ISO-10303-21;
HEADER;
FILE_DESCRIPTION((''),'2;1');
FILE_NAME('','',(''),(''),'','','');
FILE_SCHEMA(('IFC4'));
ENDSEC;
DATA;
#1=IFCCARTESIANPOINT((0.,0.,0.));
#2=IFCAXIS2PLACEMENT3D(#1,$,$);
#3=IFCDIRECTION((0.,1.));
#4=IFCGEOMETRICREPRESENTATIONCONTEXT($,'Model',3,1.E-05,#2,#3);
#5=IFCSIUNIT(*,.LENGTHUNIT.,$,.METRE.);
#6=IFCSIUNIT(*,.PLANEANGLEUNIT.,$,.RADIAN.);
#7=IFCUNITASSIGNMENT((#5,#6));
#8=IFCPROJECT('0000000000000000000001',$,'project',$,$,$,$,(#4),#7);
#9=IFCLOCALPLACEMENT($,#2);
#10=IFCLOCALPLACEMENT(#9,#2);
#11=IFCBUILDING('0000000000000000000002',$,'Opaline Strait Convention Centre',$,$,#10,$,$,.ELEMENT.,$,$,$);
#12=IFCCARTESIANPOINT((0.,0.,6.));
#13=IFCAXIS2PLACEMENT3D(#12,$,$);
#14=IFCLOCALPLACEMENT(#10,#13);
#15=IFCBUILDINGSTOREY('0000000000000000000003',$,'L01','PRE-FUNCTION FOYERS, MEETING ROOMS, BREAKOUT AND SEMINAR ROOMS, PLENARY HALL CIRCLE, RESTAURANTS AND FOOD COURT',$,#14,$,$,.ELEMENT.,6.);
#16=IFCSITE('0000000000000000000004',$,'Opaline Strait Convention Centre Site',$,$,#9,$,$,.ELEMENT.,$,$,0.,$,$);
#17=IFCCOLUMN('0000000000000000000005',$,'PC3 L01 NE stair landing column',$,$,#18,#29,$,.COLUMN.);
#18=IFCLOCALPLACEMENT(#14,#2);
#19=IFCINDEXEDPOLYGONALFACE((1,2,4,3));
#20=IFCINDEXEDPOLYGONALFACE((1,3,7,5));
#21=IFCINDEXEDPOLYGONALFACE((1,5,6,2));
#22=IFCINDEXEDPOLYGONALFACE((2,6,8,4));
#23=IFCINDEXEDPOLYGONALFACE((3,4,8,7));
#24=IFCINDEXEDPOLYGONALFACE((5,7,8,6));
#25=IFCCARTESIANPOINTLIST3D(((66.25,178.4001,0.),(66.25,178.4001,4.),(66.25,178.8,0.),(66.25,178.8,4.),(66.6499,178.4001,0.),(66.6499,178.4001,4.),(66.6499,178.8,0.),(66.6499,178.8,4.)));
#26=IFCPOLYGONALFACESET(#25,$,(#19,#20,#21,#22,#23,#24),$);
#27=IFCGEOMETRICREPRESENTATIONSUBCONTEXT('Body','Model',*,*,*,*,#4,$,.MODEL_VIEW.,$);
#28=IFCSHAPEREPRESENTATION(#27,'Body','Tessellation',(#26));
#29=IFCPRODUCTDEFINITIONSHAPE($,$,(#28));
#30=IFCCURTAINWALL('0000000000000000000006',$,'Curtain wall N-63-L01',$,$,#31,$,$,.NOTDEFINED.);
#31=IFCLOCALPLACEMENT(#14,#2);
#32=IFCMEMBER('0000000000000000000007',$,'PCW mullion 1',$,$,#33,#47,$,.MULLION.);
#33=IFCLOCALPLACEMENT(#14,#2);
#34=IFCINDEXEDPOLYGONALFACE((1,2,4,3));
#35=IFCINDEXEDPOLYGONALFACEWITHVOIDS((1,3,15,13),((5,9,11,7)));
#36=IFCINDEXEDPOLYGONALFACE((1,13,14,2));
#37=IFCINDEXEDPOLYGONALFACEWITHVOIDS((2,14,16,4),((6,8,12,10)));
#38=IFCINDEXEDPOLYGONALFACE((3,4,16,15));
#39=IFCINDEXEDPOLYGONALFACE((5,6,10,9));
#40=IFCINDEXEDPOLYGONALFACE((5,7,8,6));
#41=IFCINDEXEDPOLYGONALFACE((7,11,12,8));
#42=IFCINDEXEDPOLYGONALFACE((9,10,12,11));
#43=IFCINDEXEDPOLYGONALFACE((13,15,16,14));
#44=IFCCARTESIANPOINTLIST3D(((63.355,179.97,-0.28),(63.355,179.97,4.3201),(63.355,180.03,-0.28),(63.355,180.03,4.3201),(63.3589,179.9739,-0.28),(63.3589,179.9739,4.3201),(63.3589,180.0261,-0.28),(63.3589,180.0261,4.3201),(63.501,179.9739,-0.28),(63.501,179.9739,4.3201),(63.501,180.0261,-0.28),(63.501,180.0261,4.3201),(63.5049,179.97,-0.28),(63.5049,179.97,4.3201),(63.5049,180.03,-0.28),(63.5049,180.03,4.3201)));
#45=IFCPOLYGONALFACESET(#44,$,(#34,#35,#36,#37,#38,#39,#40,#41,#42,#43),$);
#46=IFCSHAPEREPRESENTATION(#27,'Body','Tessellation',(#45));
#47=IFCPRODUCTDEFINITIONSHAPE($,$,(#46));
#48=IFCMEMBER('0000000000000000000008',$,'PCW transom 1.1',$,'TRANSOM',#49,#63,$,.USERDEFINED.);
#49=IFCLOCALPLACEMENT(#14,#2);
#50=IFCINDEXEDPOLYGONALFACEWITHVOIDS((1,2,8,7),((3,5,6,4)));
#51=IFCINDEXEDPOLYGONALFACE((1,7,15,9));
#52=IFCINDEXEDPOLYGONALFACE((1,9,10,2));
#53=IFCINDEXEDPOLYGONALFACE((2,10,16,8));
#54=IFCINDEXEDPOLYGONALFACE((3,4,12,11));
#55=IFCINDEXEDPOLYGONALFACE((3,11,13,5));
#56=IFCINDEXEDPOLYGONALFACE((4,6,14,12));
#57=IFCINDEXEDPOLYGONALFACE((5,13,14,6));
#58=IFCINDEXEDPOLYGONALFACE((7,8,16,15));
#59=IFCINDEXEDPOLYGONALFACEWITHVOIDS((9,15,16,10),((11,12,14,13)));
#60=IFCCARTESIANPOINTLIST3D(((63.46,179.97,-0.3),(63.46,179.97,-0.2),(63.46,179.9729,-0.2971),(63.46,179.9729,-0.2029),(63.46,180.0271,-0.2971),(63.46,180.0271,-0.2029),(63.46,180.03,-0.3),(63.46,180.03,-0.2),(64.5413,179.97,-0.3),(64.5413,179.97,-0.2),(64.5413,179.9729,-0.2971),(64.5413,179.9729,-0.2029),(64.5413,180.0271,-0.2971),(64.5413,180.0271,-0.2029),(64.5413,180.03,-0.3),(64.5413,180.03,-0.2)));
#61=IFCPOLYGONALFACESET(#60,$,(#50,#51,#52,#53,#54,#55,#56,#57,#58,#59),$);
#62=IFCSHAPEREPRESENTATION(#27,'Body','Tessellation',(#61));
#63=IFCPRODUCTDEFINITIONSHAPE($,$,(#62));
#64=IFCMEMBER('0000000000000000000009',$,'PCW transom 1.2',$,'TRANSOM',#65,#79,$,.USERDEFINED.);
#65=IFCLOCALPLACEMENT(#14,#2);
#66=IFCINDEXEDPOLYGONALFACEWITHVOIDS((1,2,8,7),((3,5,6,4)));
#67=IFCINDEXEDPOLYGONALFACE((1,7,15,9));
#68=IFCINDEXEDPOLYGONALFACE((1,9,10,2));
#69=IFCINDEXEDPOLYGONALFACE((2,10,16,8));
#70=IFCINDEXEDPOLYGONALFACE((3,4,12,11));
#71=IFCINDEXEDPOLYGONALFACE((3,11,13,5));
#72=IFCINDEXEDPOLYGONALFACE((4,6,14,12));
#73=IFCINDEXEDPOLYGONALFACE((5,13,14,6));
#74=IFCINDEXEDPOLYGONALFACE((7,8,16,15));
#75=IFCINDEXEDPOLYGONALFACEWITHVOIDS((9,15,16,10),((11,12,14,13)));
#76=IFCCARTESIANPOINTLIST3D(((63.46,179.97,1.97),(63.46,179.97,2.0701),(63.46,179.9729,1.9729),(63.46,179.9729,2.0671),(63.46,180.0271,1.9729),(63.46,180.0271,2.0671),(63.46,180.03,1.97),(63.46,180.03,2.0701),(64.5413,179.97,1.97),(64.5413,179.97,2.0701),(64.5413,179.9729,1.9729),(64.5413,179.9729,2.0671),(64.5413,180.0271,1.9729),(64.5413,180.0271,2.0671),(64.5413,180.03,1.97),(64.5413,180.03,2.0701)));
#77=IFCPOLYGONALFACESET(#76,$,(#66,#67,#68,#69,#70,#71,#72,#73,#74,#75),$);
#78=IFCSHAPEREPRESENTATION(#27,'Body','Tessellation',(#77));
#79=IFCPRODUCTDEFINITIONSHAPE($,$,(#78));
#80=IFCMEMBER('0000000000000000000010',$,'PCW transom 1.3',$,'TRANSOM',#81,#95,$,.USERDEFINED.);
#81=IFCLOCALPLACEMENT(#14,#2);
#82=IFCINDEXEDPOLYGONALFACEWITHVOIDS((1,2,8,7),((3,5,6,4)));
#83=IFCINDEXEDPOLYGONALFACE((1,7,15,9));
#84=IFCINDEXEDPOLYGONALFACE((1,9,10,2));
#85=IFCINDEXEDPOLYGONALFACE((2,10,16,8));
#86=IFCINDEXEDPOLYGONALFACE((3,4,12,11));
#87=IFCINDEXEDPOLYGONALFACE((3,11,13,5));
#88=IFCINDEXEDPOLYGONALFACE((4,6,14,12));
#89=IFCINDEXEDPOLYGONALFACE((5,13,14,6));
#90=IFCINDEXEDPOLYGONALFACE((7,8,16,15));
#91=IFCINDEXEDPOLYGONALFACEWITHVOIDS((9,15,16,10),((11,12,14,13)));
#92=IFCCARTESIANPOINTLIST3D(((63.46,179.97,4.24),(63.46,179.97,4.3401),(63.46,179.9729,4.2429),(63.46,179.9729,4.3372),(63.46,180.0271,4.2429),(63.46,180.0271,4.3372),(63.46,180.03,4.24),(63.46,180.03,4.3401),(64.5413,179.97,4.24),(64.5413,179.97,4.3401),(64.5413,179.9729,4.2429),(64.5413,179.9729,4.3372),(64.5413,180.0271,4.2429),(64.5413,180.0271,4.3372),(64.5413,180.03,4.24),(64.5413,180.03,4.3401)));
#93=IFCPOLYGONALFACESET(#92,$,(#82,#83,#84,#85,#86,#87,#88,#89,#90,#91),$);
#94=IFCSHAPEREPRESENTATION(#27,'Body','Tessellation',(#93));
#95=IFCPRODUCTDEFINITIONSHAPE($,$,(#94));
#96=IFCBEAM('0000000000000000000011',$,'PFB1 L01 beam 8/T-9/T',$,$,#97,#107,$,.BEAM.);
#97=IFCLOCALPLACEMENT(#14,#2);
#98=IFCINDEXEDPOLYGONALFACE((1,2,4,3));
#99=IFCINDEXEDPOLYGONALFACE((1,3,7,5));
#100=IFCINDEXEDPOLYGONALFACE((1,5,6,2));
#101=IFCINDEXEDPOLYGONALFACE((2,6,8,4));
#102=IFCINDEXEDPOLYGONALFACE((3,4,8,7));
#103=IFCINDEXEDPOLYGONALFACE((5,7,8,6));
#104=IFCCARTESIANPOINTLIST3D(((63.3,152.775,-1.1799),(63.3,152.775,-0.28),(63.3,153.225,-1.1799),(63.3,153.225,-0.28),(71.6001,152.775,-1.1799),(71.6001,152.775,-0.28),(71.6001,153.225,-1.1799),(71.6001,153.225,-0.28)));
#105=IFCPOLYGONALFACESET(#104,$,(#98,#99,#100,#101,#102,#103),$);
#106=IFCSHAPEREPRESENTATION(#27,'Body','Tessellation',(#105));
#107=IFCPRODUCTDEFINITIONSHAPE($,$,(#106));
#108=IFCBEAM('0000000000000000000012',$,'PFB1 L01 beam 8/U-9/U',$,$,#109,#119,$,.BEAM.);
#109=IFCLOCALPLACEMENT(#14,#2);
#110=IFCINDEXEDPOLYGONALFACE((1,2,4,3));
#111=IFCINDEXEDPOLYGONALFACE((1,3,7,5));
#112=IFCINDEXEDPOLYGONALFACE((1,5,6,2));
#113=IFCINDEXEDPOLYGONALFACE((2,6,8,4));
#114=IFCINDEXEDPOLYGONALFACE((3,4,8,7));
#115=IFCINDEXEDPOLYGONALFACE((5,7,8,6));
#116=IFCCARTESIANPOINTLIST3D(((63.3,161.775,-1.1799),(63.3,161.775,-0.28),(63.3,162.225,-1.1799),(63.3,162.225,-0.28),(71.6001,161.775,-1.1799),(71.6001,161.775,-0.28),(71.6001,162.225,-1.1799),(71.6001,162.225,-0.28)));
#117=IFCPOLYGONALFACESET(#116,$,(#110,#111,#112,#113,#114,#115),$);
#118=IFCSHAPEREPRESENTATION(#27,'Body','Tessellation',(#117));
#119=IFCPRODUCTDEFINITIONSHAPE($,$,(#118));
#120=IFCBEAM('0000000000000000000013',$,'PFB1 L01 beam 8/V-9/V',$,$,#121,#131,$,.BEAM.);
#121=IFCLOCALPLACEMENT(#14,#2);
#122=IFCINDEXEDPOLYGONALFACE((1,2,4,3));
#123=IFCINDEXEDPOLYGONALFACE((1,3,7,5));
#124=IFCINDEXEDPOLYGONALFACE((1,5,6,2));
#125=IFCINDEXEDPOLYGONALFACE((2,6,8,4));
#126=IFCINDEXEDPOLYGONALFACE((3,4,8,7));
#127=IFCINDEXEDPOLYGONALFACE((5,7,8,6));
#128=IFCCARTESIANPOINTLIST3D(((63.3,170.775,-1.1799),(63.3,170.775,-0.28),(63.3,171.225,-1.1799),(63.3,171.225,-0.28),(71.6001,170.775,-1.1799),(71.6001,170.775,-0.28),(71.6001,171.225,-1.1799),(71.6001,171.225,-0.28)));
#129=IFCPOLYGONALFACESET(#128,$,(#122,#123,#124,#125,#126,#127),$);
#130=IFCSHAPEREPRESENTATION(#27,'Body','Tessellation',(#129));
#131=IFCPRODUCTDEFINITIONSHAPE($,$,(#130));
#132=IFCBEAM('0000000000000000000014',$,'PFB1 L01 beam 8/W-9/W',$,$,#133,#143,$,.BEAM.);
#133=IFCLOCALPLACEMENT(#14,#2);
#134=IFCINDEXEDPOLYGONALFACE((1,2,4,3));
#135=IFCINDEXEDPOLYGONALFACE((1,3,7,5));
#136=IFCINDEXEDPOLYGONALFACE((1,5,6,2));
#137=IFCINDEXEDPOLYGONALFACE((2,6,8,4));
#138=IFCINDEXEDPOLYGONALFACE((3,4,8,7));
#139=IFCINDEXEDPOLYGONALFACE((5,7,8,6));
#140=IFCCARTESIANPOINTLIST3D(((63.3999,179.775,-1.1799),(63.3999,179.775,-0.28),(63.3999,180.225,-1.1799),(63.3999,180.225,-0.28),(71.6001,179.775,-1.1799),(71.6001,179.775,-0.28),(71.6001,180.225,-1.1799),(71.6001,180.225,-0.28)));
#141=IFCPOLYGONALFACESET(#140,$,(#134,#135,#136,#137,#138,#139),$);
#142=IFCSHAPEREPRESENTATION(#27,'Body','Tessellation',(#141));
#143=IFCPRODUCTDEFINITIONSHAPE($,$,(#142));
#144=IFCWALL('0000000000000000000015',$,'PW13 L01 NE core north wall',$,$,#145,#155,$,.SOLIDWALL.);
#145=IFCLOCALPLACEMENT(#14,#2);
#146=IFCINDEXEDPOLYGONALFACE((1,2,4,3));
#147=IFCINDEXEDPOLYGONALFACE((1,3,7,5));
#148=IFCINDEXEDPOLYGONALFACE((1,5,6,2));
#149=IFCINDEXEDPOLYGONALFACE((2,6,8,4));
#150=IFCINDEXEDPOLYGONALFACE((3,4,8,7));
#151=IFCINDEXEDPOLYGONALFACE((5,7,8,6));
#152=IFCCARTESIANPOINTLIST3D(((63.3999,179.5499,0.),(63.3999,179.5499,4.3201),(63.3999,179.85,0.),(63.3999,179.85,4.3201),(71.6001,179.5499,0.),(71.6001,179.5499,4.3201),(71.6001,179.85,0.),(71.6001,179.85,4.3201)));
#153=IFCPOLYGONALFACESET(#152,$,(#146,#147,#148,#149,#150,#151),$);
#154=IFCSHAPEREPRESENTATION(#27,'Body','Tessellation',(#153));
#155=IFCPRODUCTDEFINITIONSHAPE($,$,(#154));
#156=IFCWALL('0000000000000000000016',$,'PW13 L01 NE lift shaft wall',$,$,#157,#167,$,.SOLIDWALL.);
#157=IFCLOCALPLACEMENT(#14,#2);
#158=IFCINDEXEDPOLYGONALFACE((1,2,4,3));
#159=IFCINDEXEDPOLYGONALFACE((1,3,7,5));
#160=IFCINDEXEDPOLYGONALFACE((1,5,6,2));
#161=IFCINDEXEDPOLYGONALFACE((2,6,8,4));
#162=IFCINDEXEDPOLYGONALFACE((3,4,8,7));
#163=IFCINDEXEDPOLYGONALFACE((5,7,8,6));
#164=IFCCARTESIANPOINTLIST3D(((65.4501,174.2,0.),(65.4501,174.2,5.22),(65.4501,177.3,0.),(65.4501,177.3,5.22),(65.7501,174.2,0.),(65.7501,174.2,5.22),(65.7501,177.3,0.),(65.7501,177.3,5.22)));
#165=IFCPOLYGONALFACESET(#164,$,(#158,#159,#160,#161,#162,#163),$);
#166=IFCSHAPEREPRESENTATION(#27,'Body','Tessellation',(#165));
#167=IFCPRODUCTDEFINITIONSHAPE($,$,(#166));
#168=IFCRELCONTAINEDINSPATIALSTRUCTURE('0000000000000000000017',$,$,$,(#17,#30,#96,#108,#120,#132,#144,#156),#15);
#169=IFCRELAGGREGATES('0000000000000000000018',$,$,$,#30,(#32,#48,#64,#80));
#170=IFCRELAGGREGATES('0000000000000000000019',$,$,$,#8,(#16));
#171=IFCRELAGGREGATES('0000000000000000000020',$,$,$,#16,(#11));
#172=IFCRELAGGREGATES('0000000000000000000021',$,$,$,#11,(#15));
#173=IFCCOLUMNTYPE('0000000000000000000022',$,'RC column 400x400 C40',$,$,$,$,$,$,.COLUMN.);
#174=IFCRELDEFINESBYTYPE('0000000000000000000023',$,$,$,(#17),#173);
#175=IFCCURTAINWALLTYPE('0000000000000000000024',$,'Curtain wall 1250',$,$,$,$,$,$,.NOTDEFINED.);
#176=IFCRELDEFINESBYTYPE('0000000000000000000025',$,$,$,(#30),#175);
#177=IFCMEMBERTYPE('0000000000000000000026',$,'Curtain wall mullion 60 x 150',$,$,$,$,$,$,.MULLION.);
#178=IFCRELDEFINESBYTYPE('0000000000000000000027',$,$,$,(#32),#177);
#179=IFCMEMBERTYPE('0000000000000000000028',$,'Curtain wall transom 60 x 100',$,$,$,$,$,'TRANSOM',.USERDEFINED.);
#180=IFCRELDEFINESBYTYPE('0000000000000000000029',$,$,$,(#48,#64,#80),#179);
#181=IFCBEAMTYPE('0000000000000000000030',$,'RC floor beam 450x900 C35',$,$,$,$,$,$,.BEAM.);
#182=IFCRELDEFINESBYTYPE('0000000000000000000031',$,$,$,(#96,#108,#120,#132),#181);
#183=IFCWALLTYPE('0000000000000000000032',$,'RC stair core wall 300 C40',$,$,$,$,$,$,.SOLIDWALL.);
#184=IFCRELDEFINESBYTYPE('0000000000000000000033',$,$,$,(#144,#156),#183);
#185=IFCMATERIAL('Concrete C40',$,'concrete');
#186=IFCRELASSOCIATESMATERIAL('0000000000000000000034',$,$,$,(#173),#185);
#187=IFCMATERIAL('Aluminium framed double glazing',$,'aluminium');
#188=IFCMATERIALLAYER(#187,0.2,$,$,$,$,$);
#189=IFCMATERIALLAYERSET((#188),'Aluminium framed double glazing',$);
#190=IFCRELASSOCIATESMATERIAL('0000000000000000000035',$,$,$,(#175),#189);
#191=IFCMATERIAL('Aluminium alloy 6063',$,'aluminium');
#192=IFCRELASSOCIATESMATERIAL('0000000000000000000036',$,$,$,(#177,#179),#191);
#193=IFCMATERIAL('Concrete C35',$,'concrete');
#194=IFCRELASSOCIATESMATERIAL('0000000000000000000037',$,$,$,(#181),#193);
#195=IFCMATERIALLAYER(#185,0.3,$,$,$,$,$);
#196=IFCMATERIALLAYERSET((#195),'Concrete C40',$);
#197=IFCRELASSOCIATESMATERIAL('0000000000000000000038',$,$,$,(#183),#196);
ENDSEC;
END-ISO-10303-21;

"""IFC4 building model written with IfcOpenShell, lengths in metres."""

from ifc_helpers import new_model, si_unit, direction, frame, frame_2d, origin, origin_2d, place, context, subcontext, project, spatial, rectangle, hollow_rectangle, extrude, material, layer, layer_set, material_profile, profile_set, type_object, element, aggregate, save


model = new_model("IFC4")

# Units and contexts
model_context = context("Model", 3, precision=1e-05, world=origin(), true_north=direction((0.0, 1.0)))
body_context = subcontext(model_context, "Body", "Model", "MODEL_VIEW")
ifc_project = project(units=[si_unit("LENGTHUNIT", "METRE"), si_unit("PLANEANGLEUNIT", "RADIAN")], contexts=[model_context])

# Site, building, storey
site_placement = place(None, origin())
site = spatial("IfcSite", under=ifc_project, at=site_placement, Name="Opaline Strait Convention Centre Site", CompositionType="ELEMENT", RefElevation=0.0)
building_placement = place(site_placement, origin())
building = spatial("IfcBuilding", under=site, at=building_placement, Name="Opaline Strait Convention Centre", CompositionType="ELEMENT")
storey_placement = place(building_placement, frame((0.0, 0.0, 6.0)))
storey = spatial("IfcBuildingStorey", under=building, at=storey_placement, Name="L01", Description="PRE-FUNCTION FOYERS, MEETING ROOMS, BREAKOUT AND SEMINAR ROOMS, PLENARY HALL CIRCLE, RESTAURANTS AND FOOD COURT", CompositionType="ELEMENT", Elevation=6.0)

# Column
ifc_material_1 = material(Name="Concrete C40", Category="concrete")
ifc_material_profile_1 = material_profile(ifc_material_1, rectangle(XDim=0.3999, YDim=0.3999, at=origin_2d()), Name="RC 400x400")
ifc_profile_set_1 = profile_set([ifc_material_profile_1], Name="Concrete C40")
column_type = type_object("IfcColumnType", Name="RC column 400x400 C40", PredefinedType="COLUMN", material=ifc_profile_set_1)
column_placement = place(storey_placement, frame((66.45, 178.6001, 0.0), z_axis=(0.0, 0.0, 1.0), x_axis=(1.0, 0.0, 0.0)))
element("IfcColumn", 1, at=column_placement, inside=storey, type_object=column_type, Name="PC3 L01 NE stair landing column", PredefinedType="COLUMN", context=body_context, shape_type="SweptSolid", body=[
    extrude(rectangle(XDim=0.3999, YDim=0.3999, at=origin_2d()), origin(), (0.0, 0.0, 1.0), 4.0),
])

# Curtain wall, members
ifc_material_2 = material(Name="Aluminium framed double glazing", Category="aluminium")
ifc_layer_1 = layer(ifc_material_2, 0.2)
ifc_layer_set_1 = layer_set([ifc_layer_1], Name="Aluminium framed double glazing")
curtain_wall_type = type_object("IfcCurtainWallType", Name="Curtain wall 1250", PredefinedType="NOTDEFINED", material=ifc_layer_set_1)
curtain_wall_placement = place(storey_placement, origin())
curtain_wall = element("IfcCurtainWall", 2, at=curtain_wall_placement, inside=storey, type_object=curtain_wall_type, Name="Curtain wall N-63-L01", PredefinedType="NOTDEFINED")
ifc_material_3 = material(Name="Aluminium alloy 6063", Category="aluminium")
ifc_material_profile_2 = material_profile(ifc_material_3, hollow_rectangle(XDim=0.0601, YDim=0.1499, WallThickness=0.0039, at=origin_2d()), Name="MULLION 60x150x4")
ifc_profile_set_2 = profile_set([ifc_material_profile_2], Name="Aluminium alloy 6063")
member_type_1 = type_object("IfcMemberType", Name="Curtain wall mullion 60 x 150", PredefinedType="MULLION", material=ifc_profile_set_2)
member_1_placement = place(storey_placement, frame((63.4299, 180.0, -0.28), z_axis=(0.0, 0.0, 1.0), x_axis=(0.0, 1.0, 0.0)))
member_1 = element("IfcMember", 3, at=member_1_placement, type_object=member_type_1, Name="PCW mullion 1", PredefinedType="MULLION", context=body_context, shape_type="SweptSolid", body=[
    extrude(hollow_rectangle(XDim=0.0601, YDim=0.1499, WallThickness=0.0039, at=origin_2d()), origin(), (0.0, 0.0, 1.0), 4.6001),
])
ifc_material_profile_3 = material_profile(ifc_material_3, hollow_rectangle(XDim=0.0601, YDim=0.1001, WallThickness=0.0029, at=origin_2d()), Name="TRANSOM 60x100x3")
ifc_profile_set_3 = profile_set([ifc_material_profile_3], Name="Aluminium alloy 6063")
member_type_2 = type_object("IfcMemberType", Name="Curtain wall transom 60 x 100", ElementType="TRANSOM", PredefinedType="USERDEFINED", material=ifc_profile_set_3)
member_2_placement = place(storey_placement, frame((63.46, 180.0, -0.25), z_axis=(1.0, 0.0, 0.0), x_axis=(0.0, 1.0, 0.0)))
member_2 = element("IfcMember", 4, at=member_2_placement, type_object=member_type_2, Name="PCW transom 1.1", ObjectType="TRANSOM", PredefinedType="USERDEFINED", context=body_context, shape_type="SweptSolid", body=[
    extrude(hollow_rectangle(XDim=0.0601, YDim=0.1001, WallThickness=0.0029, at=origin_2d()), origin(), (0.0, 0.0, 1.0), 1.0813),
])
member_3_placement = place(storey_placement, frame((63.46, 180.0, 2.02), z_axis=(1.0, 0.0, 0.0), x_axis=(0.0, 1.0, 0.0)))
member_3 = element("IfcMember", 5, at=member_3_placement, type_object=member_type_2, Name="PCW transom 1.2", ObjectType="TRANSOM", PredefinedType="USERDEFINED", context=body_context, shape_type="SweptSolid", body=[
    extrude(hollow_rectangle(XDim=0.0601, YDim=0.1001, WallThickness=0.0029, at=origin_2d()), origin(), (0.0, 0.0, 1.0), 1.0813),
])
member_4_placement = place(storey_placement, frame((63.46, 180.0, 4.29), z_axis=(1.0, 0.0, 0.0), x_axis=(0.0, 1.0, 0.0)))
member_4 = element("IfcMember", 6, at=member_4_placement, type_object=member_type_2, Name="PCW transom 1.3", ObjectType="TRANSOM", PredefinedType="USERDEFINED", context=body_context, shape_type="SweptSolid", body=[
    extrude(hollow_rectangle(XDim=0.0601, YDim=0.1001, WallThickness=0.0029, at=origin_2d()), origin(), (0.0, 0.0, 1.0), 1.0813),
])
aggregate(curtain_wall, [member_1, member_2, member_3, member_4])

# Beams
ifc_material_4 = material(Name="Concrete C35", Category="concrete")
ifc_material_profile_4 = material_profile(ifc_material_4, rectangle(XDim=0.45, YDim=0.8999, at=origin_2d()), Name="RC 450x900")
ifc_profile_set_4 = profile_set([ifc_material_profile_4], Name="Concrete C35")
beam_type = type_object("IfcBeamType", Name="RC floor beam 450x900 C35", PredefinedType="BEAM", material=ifc_profile_set_4)
for number, where, z_axis, x_axis, name in (
    (7, (63.3, 153.0, -0.73), (1.0, 0.0, 0.0), (0.0, 1.0, 0.0), "PFB1 L01 beam 8/T-9/T"),
    (8, (63.3, 162.0, -0.73), (1.0, 0.0, 0.0), (0.0, 1.0, 0.0), "PFB1 L01 beam 8/U-9/U"),
    (9, (63.3, 171.0, -0.73), (1.0, 0.0, 0.0), (0.0, 1.0, 0.0), "PFB1 L01 beam 8/V-9/V"),
):
    element("IfcBeam", number, at=place(storey_placement, frame(where, z_axis=z_axis, x_axis=x_axis)), inside=storey, type_object=beam_type, Name=name, PredefinedType="BEAM", context=body_context, shape_type="SweptSolid", body=[
        extrude(rectangle(XDim=0.45, YDim=0.8999, at=origin_2d()), origin(), (0.0, 0.0, 1.0), 8.3),
    ])
beam_placement = place(storey_placement, frame((63.3999, 180.0, -0.73), z_axis=(1.0, 0.0, 0.0), x_axis=(0.0, 1.0, 0.0)))
element("IfcBeam", 10, at=beam_placement, inside=storey, type_object=beam_type, Name="PFB1 L01 beam 8/W-9/W", PredefinedType="BEAM", context=body_context, shape_type="SweptSolid", body=[
    extrude(rectangle(XDim=0.45, YDim=0.8999, at=origin_2d()), origin(), (0.0, 0.0, 1.0), 8.2002),
])

# Shared definitions
ifc_layer_2 = layer(ifc_material_1, 0.3)
ifc_layer_set_2 = layer_set([ifc_layer_2], Name="Concrete C40")
wall_type = type_object("IfcWallType", Name="RC stair core wall 300 C40", PredefinedType="SOLIDWALL", material=ifc_layer_set_2)

# Walls
wall_1_placement = place(storey_placement, frame((63.3999, 179.7, 0.0), z_axis=(0.0, 0.0, 1.0), x_axis=(1.0, 0.0, 0.0)))
element("IfcWall", 11, at=wall_1_placement, inside=storey, type_object=wall_type, Name="PW13 L01 NE core north wall", PredefinedType="SOLIDWALL", context=body_context, shape_type="SweptSolid", body=[
    extrude(rectangle(XDim=8.2002, YDim=0.3, at=frame_2d((4.1001, 0.0))), origin(), (0.0, 0.0, 1.0), 4.3201),
])
wall_2_placement = place(storey_placement, frame((65.6001, 174.2, 0.0), z_axis=(0.0, 0.0, 1.0), x_axis=(0.0, 1.0, 0.0)))
element("IfcWall", 12, at=wall_2_placement, inside=storey, type_object=wall_type, Name="PW13 L01 NE lift shaft wall", PredefinedType="SOLIDWALL", context=body_context, shape_type="SweptSolid", body=[
    extrude(rectangle(XDim=3.1001, YDim=0.3, at=frame_2d((1.55, 0.0))), origin(), (0.0, 0.0, 1.0), 5.22),
])

save(model, "model.ifc")
